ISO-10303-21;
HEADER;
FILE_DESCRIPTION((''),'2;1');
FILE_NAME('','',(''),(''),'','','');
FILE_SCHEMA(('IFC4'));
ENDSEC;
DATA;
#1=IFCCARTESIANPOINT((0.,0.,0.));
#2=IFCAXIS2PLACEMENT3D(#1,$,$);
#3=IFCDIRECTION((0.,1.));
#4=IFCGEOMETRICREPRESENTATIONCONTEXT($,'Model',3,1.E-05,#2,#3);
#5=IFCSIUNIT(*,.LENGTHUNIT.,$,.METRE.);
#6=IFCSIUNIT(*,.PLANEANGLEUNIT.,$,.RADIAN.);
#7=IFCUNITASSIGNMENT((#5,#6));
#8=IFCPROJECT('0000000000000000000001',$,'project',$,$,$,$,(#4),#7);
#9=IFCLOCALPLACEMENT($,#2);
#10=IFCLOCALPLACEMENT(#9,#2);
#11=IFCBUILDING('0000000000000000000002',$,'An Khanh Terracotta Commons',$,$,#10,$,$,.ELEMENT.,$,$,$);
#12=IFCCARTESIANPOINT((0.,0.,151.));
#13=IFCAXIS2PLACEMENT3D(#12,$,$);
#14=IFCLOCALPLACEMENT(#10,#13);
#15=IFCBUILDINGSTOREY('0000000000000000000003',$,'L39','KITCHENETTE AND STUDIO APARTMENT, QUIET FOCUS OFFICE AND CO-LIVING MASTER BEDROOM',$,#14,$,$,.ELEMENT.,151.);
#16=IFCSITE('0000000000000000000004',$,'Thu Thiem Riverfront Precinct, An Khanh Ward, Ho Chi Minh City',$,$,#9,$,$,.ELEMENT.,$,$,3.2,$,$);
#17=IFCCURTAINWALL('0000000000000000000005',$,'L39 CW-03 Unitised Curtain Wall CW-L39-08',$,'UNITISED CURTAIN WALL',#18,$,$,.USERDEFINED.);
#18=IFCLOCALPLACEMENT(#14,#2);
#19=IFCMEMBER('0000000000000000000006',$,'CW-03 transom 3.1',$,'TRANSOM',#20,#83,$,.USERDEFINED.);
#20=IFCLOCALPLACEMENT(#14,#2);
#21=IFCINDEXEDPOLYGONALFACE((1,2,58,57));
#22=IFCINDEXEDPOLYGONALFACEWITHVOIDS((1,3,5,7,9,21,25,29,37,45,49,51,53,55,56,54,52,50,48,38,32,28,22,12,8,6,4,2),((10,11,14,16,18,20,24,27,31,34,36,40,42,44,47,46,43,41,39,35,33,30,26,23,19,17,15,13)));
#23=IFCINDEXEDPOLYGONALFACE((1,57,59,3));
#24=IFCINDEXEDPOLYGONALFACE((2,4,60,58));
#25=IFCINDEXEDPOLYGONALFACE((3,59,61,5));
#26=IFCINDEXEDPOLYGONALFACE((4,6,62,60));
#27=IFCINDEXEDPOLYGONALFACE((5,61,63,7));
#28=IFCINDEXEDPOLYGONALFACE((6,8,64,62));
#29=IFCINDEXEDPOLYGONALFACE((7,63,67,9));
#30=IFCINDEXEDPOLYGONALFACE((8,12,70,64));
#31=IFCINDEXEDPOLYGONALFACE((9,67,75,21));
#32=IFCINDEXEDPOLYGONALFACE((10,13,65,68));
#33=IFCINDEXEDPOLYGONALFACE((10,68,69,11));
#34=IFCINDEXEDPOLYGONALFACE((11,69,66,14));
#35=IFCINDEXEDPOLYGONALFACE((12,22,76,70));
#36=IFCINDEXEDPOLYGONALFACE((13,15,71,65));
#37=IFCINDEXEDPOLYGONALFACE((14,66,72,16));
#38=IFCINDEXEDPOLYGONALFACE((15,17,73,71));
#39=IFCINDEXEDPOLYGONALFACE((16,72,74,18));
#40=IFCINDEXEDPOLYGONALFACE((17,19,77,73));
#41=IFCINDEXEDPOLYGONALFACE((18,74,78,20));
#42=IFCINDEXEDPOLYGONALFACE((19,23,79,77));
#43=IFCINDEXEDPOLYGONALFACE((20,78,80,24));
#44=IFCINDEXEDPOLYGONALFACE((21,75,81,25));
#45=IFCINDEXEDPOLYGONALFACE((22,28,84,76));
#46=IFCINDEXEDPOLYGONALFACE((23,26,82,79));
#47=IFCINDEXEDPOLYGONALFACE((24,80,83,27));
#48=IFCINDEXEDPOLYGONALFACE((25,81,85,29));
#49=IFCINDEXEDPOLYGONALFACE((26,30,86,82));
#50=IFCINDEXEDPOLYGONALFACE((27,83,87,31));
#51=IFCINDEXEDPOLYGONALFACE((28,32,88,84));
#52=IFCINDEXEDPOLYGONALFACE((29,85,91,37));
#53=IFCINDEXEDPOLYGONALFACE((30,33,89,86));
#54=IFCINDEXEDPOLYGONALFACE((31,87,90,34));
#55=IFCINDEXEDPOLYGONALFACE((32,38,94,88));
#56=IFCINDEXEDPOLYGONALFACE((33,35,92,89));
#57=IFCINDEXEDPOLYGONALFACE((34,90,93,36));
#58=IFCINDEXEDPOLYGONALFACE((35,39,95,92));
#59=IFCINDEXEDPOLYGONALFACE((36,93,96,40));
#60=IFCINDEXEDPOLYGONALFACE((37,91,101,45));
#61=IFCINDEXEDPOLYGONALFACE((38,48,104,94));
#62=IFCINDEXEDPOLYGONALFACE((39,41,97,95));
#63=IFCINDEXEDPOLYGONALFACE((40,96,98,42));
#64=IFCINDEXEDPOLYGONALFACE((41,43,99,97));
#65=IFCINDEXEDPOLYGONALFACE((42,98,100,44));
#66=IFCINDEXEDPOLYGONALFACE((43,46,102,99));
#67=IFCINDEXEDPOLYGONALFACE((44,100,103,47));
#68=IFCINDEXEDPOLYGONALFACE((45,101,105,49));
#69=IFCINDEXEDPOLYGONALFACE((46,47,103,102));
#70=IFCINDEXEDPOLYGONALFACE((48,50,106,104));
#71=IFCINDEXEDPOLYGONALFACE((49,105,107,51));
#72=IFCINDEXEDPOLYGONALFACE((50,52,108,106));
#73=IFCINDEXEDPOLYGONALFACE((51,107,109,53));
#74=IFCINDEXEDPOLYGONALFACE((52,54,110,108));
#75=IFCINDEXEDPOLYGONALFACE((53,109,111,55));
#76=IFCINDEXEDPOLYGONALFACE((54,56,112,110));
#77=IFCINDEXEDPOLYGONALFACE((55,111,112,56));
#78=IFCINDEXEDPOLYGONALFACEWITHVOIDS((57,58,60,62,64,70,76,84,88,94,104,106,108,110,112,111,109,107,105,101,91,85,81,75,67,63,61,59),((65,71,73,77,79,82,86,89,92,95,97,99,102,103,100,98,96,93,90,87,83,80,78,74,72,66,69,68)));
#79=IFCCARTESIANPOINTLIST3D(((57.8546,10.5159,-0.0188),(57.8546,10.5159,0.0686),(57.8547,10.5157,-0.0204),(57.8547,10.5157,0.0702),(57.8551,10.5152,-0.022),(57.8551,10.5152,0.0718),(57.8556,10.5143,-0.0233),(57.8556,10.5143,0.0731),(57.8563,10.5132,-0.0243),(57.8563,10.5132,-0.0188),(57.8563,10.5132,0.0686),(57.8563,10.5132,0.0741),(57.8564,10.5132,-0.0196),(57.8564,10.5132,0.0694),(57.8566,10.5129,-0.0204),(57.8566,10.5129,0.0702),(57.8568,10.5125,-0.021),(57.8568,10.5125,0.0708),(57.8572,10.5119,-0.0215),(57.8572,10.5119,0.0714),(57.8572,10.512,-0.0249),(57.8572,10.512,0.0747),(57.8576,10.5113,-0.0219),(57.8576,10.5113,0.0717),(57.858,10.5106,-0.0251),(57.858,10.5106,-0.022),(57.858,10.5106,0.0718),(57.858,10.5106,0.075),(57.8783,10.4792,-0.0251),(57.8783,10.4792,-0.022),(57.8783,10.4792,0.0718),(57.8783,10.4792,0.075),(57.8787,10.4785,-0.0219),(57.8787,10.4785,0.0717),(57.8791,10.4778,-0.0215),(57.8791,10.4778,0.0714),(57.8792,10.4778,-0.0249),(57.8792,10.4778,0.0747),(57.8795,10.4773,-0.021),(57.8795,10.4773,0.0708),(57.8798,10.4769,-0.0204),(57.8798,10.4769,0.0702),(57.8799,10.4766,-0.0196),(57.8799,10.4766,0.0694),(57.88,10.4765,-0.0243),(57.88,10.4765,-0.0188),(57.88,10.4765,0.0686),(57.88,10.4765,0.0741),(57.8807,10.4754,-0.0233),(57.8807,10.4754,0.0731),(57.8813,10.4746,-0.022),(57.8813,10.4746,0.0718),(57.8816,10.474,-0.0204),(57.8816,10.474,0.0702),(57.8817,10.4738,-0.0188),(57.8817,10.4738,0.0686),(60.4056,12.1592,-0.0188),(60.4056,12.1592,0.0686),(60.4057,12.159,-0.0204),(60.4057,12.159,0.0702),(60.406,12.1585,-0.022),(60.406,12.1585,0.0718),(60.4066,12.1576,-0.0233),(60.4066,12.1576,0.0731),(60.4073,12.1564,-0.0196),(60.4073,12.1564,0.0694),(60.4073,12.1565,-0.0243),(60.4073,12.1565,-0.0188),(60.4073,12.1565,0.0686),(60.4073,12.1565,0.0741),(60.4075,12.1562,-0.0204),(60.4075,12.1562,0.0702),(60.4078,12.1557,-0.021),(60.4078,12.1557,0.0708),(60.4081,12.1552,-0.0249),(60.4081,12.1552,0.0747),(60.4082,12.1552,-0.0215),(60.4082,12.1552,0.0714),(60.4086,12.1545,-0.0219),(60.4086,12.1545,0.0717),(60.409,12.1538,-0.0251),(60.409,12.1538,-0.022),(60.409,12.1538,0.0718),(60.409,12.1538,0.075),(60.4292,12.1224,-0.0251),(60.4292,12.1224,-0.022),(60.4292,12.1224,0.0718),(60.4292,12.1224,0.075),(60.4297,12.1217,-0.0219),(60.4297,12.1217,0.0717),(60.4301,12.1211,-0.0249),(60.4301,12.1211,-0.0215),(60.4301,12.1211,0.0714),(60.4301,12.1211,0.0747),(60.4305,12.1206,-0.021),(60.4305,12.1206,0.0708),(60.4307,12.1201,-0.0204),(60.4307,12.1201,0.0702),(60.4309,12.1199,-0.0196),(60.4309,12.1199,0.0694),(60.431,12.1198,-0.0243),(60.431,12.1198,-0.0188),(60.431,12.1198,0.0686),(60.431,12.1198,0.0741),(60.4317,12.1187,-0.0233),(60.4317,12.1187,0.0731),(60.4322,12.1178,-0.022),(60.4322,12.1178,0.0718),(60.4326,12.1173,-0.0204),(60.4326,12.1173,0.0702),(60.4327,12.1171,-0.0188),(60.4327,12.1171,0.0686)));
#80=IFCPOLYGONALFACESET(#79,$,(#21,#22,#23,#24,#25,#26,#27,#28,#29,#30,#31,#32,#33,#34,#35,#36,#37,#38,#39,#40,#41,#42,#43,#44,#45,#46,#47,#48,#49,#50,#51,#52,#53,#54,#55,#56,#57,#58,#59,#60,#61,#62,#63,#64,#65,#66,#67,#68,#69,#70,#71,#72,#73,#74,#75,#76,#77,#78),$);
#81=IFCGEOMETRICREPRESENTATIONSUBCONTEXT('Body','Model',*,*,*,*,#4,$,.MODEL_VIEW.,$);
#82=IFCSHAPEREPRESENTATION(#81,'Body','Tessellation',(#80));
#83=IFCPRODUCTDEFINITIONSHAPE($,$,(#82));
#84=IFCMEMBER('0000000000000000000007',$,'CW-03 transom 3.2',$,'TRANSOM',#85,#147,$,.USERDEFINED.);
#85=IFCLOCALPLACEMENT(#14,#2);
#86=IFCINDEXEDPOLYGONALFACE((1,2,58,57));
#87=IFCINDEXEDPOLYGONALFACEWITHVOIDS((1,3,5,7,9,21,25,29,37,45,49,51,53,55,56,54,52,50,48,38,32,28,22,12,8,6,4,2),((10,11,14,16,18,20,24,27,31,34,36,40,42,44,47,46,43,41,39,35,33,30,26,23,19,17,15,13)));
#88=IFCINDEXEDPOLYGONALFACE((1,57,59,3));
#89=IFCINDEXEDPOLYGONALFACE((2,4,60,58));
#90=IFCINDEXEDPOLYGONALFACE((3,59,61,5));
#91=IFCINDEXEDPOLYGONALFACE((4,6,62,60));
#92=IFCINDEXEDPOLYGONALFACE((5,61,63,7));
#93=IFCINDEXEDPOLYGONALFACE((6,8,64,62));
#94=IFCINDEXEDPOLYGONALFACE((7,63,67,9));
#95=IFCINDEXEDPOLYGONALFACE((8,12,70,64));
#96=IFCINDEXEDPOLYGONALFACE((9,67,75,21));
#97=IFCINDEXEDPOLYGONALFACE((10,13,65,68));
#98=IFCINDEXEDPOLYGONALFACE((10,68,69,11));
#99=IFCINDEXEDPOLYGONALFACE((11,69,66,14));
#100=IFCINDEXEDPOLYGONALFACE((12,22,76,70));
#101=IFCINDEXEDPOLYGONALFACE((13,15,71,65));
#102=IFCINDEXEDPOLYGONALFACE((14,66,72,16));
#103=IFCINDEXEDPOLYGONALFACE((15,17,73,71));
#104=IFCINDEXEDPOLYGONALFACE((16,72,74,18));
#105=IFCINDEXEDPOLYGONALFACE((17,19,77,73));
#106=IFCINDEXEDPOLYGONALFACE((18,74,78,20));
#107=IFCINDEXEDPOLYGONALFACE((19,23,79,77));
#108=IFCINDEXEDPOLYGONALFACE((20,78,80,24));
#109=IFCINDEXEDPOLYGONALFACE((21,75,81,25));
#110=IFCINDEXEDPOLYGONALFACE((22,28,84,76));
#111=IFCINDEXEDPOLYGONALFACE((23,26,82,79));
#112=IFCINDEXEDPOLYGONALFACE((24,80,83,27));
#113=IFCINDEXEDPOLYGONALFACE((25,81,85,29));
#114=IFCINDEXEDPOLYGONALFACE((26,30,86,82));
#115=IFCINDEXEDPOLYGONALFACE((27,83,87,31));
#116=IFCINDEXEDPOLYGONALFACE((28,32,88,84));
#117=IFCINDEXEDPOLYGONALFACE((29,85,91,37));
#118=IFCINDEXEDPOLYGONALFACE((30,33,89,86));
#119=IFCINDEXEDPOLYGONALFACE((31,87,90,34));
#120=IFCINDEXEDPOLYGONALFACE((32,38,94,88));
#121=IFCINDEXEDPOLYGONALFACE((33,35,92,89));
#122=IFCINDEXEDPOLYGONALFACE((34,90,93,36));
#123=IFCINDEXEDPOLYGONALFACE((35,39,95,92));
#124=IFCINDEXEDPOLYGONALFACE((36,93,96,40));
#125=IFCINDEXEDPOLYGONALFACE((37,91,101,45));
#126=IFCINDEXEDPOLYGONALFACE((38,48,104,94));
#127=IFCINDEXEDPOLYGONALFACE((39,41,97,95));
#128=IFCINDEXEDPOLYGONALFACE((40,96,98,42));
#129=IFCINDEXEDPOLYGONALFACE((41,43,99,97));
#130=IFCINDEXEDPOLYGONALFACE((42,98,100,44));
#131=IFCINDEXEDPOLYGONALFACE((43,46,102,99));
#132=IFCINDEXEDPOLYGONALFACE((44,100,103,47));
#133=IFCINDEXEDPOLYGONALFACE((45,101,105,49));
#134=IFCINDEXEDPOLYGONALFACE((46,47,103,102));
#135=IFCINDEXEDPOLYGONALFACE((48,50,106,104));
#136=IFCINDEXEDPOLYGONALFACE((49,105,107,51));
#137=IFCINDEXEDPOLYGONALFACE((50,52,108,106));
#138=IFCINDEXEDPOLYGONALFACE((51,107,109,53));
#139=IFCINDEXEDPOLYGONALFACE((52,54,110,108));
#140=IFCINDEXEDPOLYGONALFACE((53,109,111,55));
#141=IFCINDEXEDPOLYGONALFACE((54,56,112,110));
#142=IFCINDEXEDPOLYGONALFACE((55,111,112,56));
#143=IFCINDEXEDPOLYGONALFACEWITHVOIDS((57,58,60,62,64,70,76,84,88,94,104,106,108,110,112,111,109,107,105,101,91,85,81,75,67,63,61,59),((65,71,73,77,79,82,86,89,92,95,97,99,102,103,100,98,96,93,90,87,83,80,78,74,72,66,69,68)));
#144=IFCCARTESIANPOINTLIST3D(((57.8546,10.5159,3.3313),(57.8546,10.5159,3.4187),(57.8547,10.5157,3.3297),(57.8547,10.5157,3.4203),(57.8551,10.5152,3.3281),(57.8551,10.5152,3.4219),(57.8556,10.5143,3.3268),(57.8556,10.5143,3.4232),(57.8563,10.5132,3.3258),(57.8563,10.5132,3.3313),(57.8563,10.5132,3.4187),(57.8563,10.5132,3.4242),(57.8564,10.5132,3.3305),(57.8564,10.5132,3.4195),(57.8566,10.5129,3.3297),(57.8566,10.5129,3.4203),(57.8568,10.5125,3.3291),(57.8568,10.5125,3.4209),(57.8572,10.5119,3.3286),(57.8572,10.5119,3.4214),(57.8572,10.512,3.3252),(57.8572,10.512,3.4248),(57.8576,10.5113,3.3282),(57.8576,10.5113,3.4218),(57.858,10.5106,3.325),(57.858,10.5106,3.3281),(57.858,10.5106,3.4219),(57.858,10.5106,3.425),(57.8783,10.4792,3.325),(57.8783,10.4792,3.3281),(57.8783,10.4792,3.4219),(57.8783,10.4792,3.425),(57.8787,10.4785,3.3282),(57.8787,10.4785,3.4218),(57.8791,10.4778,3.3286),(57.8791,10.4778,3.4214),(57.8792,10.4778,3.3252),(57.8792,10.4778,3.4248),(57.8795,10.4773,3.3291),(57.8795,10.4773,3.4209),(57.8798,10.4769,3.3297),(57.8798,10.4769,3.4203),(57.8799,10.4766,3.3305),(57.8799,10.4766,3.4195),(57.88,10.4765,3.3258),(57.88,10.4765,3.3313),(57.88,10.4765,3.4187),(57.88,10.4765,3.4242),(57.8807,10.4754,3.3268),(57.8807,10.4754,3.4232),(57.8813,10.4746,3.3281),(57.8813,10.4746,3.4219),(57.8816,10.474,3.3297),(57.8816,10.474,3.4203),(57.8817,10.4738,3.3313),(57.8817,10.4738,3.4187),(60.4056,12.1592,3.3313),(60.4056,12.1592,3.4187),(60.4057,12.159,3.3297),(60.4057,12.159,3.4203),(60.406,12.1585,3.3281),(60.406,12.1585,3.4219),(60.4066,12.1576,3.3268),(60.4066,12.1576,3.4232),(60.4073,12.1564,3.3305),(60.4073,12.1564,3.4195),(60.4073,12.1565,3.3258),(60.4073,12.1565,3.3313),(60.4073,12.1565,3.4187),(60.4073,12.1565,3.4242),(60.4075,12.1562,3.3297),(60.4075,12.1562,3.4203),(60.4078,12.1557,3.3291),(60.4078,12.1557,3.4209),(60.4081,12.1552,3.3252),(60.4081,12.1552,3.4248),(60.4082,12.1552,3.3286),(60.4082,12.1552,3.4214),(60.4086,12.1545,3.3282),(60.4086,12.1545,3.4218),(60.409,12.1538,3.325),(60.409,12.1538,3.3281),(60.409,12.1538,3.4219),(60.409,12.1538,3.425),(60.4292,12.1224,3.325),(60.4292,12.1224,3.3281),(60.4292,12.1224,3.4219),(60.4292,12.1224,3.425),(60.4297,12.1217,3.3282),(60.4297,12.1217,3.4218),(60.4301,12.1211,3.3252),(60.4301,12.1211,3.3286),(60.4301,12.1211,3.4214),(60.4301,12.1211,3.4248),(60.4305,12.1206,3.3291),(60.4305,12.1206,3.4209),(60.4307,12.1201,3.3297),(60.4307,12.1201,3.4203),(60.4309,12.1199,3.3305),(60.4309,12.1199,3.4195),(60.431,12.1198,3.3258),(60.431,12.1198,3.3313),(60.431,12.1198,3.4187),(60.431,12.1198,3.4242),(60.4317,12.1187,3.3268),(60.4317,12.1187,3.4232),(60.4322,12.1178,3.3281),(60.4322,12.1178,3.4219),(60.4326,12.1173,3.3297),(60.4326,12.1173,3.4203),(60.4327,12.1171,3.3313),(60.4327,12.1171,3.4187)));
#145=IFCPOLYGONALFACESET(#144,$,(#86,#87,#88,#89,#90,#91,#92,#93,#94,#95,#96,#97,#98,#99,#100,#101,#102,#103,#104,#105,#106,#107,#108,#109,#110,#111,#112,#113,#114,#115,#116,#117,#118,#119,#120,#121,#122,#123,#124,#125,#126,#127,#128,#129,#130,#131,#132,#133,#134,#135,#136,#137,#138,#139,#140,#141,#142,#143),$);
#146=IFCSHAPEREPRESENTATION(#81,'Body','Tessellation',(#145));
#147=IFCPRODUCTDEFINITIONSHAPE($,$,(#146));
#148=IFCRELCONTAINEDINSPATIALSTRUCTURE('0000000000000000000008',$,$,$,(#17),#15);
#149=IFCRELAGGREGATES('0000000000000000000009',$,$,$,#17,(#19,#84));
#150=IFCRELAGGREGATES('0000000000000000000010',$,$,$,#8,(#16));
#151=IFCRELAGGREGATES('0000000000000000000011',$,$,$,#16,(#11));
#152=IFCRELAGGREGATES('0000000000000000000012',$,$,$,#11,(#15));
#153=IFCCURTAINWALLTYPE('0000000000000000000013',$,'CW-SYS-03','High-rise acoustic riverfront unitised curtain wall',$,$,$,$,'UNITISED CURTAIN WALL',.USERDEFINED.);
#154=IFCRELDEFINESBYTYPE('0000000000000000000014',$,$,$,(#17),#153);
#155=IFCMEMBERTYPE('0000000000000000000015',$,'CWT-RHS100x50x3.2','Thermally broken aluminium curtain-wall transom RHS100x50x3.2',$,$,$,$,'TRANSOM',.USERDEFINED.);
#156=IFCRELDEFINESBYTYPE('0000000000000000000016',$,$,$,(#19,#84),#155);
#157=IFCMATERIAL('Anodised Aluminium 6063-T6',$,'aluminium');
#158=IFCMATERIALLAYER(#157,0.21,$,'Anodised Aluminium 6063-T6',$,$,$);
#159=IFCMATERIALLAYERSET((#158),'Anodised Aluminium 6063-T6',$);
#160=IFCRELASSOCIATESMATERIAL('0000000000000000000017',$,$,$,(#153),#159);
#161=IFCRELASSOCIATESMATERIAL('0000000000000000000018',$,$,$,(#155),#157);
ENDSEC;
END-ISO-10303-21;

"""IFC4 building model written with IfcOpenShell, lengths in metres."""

from ifc_helpers import new_model, si_unit, direction, frame, origin, origin_2d, place, context, subcontext, project, spatial, hollow_rectangle, extrude, material, layer, layer_set, material_profile, profile_set, type_object, element, aggregate, save


model = new_model("IFC4")

# Units and contexts
model_context = context("Model", 3, precision=1e-05, world=origin(), true_north=direction((0.0, 1.0)))
body_context = subcontext(model_context, "Body", "Model", "MODEL_VIEW")
ifc_project = project(units=[si_unit("LENGTHUNIT", "METRE"), si_unit("PLANEANGLEUNIT", "RADIAN")], contexts=[model_context])

# Site, building, storey
site_placement = place(None, origin())
site = spatial("IfcSite", under=ifc_project, at=site_placement, Name="Thu Thiem Riverfront Precinct, An Khanh Ward, Ho Chi Minh City", CompositionType="ELEMENT", RefElevation=3.2)
building_placement = place(site_placement, origin())
building = spatial("IfcBuilding", under=site, at=building_placement, Name="An Khanh Terracotta Commons", CompositionType="ELEMENT")
storey_placement = place(building_placement, frame((0.0, 0.0, 151.0)))
storey = spatial("IfcBuildingStorey", under=building, at=storey_placement, Name="L39", Description="KITCHENETTE AND STUDIO APARTMENT, QUIET FOCUS OFFICE AND CO-LIVING MASTER BEDROOM", CompositionType="ELEMENT", Elevation=151.0)

# Curtain wall, members
ifc_material_1 = material(Name="Anodised Aluminium 6063-T6", Category="aluminium")
ifc_layer_1 = layer(ifc_material_1, 0.21, Name="Anodised Aluminium 6063-T6")
ifc_layer_set_1 = layer_set([ifc_layer_1], Name="Anodised Aluminium 6063-T6")
curtain_wall_type_1 = type_object("IfcCurtainWallType", Name="CW-SYS-03", Description="High-rise acoustic riverfront unitised curtain wall", ElementType="UNITISED CURTAIN WALL", PredefinedType="USERDEFINED", material=ifc_layer_set_1)
curtain_wall_1_placement = place(storey_placement, origin())
curtain_wall_1 = element("IfcCurtainWall", 1, at=curtain_wall_1_placement, inside=storey, type_object=curtain_wall_type_1, Name="L39 CW-03 Unitised Curtain Wall CW-L39-08", ObjectType="UNITISED CURTAIN WALL", PredefinedType="USERDEFINED")
ifc_material_profile_1 = material_profile(ifc_material_1, hollow_rectangle(XDim=0.05, YDim=0.1001, WallThickness=0.0032, InnerFilletRadius=0.0032, OuterFilletRadius=0.0063, at=origin_2d()), Name="RHS100x50x3.2")
ifc_profile_set_1 = profile_set([ifc_material_profile_1], Name="Anodised Aluminium 6063-T6")
member_type_1 = type_object("IfcMemberType", Name="CWT-RHS100x50x3.2", Description="Thermally broken aluminium curtain-wall transom RHS100x50x3.2", ElementType="TRANSOM", PredefinedType="USERDEFINED", material=ifc_profile_set_1)
member_1_placement = place(storey_placement, frame((57.8682, 10.4949, 0.0249), z_axis=(0.840674, 0.541542, 0.0), x_axis=(-0.541542, 0.840674, 0.0)))
member_1 = element("IfcMember", 2, at=member_1_placement, type_object=member_type_1, Name="CW-03 transom 3.1", ObjectType="TRANSOM", PredefinedType="USERDEFINED", context=body_context, shape_type="SweptSolid", body=[
    extrude(hollow_rectangle(XDim=0.05, YDim=0.1001, WallThickness=0.0032, InnerFilletRadius=0.0032, OuterFilletRadius=0.0063, at=origin_2d()), origin(), (0.0, 0.0, 1.0), 3.0344),
])
member_2_placement = place(storey_placement, frame((57.8682, 10.4949, 3.375), z_axis=(0.840674, 0.541542, 0.0), x_axis=(-0.541542, 0.840674, 0.0)))
member_2 = element("IfcMember", 3, at=member_2_placement, type_object=member_type_1, Name="CW-03 transom 3.2", ObjectType="TRANSOM", PredefinedType="USERDEFINED", context=body_context, shape_type="SweptSolid", body=[
    extrude(hollow_rectangle(XDim=0.05, YDim=0.1001, WallThickness=0.0032, InnerFilletRadius=0.0032, OuterFilletRadius=0.0063, at=origin_2d()), origin(), (0.0, 0.0, 1.0), 3.0344),
])

aggregate(curtain_wall_1, [member_1, member_2])

save(model, "model.ifc")
